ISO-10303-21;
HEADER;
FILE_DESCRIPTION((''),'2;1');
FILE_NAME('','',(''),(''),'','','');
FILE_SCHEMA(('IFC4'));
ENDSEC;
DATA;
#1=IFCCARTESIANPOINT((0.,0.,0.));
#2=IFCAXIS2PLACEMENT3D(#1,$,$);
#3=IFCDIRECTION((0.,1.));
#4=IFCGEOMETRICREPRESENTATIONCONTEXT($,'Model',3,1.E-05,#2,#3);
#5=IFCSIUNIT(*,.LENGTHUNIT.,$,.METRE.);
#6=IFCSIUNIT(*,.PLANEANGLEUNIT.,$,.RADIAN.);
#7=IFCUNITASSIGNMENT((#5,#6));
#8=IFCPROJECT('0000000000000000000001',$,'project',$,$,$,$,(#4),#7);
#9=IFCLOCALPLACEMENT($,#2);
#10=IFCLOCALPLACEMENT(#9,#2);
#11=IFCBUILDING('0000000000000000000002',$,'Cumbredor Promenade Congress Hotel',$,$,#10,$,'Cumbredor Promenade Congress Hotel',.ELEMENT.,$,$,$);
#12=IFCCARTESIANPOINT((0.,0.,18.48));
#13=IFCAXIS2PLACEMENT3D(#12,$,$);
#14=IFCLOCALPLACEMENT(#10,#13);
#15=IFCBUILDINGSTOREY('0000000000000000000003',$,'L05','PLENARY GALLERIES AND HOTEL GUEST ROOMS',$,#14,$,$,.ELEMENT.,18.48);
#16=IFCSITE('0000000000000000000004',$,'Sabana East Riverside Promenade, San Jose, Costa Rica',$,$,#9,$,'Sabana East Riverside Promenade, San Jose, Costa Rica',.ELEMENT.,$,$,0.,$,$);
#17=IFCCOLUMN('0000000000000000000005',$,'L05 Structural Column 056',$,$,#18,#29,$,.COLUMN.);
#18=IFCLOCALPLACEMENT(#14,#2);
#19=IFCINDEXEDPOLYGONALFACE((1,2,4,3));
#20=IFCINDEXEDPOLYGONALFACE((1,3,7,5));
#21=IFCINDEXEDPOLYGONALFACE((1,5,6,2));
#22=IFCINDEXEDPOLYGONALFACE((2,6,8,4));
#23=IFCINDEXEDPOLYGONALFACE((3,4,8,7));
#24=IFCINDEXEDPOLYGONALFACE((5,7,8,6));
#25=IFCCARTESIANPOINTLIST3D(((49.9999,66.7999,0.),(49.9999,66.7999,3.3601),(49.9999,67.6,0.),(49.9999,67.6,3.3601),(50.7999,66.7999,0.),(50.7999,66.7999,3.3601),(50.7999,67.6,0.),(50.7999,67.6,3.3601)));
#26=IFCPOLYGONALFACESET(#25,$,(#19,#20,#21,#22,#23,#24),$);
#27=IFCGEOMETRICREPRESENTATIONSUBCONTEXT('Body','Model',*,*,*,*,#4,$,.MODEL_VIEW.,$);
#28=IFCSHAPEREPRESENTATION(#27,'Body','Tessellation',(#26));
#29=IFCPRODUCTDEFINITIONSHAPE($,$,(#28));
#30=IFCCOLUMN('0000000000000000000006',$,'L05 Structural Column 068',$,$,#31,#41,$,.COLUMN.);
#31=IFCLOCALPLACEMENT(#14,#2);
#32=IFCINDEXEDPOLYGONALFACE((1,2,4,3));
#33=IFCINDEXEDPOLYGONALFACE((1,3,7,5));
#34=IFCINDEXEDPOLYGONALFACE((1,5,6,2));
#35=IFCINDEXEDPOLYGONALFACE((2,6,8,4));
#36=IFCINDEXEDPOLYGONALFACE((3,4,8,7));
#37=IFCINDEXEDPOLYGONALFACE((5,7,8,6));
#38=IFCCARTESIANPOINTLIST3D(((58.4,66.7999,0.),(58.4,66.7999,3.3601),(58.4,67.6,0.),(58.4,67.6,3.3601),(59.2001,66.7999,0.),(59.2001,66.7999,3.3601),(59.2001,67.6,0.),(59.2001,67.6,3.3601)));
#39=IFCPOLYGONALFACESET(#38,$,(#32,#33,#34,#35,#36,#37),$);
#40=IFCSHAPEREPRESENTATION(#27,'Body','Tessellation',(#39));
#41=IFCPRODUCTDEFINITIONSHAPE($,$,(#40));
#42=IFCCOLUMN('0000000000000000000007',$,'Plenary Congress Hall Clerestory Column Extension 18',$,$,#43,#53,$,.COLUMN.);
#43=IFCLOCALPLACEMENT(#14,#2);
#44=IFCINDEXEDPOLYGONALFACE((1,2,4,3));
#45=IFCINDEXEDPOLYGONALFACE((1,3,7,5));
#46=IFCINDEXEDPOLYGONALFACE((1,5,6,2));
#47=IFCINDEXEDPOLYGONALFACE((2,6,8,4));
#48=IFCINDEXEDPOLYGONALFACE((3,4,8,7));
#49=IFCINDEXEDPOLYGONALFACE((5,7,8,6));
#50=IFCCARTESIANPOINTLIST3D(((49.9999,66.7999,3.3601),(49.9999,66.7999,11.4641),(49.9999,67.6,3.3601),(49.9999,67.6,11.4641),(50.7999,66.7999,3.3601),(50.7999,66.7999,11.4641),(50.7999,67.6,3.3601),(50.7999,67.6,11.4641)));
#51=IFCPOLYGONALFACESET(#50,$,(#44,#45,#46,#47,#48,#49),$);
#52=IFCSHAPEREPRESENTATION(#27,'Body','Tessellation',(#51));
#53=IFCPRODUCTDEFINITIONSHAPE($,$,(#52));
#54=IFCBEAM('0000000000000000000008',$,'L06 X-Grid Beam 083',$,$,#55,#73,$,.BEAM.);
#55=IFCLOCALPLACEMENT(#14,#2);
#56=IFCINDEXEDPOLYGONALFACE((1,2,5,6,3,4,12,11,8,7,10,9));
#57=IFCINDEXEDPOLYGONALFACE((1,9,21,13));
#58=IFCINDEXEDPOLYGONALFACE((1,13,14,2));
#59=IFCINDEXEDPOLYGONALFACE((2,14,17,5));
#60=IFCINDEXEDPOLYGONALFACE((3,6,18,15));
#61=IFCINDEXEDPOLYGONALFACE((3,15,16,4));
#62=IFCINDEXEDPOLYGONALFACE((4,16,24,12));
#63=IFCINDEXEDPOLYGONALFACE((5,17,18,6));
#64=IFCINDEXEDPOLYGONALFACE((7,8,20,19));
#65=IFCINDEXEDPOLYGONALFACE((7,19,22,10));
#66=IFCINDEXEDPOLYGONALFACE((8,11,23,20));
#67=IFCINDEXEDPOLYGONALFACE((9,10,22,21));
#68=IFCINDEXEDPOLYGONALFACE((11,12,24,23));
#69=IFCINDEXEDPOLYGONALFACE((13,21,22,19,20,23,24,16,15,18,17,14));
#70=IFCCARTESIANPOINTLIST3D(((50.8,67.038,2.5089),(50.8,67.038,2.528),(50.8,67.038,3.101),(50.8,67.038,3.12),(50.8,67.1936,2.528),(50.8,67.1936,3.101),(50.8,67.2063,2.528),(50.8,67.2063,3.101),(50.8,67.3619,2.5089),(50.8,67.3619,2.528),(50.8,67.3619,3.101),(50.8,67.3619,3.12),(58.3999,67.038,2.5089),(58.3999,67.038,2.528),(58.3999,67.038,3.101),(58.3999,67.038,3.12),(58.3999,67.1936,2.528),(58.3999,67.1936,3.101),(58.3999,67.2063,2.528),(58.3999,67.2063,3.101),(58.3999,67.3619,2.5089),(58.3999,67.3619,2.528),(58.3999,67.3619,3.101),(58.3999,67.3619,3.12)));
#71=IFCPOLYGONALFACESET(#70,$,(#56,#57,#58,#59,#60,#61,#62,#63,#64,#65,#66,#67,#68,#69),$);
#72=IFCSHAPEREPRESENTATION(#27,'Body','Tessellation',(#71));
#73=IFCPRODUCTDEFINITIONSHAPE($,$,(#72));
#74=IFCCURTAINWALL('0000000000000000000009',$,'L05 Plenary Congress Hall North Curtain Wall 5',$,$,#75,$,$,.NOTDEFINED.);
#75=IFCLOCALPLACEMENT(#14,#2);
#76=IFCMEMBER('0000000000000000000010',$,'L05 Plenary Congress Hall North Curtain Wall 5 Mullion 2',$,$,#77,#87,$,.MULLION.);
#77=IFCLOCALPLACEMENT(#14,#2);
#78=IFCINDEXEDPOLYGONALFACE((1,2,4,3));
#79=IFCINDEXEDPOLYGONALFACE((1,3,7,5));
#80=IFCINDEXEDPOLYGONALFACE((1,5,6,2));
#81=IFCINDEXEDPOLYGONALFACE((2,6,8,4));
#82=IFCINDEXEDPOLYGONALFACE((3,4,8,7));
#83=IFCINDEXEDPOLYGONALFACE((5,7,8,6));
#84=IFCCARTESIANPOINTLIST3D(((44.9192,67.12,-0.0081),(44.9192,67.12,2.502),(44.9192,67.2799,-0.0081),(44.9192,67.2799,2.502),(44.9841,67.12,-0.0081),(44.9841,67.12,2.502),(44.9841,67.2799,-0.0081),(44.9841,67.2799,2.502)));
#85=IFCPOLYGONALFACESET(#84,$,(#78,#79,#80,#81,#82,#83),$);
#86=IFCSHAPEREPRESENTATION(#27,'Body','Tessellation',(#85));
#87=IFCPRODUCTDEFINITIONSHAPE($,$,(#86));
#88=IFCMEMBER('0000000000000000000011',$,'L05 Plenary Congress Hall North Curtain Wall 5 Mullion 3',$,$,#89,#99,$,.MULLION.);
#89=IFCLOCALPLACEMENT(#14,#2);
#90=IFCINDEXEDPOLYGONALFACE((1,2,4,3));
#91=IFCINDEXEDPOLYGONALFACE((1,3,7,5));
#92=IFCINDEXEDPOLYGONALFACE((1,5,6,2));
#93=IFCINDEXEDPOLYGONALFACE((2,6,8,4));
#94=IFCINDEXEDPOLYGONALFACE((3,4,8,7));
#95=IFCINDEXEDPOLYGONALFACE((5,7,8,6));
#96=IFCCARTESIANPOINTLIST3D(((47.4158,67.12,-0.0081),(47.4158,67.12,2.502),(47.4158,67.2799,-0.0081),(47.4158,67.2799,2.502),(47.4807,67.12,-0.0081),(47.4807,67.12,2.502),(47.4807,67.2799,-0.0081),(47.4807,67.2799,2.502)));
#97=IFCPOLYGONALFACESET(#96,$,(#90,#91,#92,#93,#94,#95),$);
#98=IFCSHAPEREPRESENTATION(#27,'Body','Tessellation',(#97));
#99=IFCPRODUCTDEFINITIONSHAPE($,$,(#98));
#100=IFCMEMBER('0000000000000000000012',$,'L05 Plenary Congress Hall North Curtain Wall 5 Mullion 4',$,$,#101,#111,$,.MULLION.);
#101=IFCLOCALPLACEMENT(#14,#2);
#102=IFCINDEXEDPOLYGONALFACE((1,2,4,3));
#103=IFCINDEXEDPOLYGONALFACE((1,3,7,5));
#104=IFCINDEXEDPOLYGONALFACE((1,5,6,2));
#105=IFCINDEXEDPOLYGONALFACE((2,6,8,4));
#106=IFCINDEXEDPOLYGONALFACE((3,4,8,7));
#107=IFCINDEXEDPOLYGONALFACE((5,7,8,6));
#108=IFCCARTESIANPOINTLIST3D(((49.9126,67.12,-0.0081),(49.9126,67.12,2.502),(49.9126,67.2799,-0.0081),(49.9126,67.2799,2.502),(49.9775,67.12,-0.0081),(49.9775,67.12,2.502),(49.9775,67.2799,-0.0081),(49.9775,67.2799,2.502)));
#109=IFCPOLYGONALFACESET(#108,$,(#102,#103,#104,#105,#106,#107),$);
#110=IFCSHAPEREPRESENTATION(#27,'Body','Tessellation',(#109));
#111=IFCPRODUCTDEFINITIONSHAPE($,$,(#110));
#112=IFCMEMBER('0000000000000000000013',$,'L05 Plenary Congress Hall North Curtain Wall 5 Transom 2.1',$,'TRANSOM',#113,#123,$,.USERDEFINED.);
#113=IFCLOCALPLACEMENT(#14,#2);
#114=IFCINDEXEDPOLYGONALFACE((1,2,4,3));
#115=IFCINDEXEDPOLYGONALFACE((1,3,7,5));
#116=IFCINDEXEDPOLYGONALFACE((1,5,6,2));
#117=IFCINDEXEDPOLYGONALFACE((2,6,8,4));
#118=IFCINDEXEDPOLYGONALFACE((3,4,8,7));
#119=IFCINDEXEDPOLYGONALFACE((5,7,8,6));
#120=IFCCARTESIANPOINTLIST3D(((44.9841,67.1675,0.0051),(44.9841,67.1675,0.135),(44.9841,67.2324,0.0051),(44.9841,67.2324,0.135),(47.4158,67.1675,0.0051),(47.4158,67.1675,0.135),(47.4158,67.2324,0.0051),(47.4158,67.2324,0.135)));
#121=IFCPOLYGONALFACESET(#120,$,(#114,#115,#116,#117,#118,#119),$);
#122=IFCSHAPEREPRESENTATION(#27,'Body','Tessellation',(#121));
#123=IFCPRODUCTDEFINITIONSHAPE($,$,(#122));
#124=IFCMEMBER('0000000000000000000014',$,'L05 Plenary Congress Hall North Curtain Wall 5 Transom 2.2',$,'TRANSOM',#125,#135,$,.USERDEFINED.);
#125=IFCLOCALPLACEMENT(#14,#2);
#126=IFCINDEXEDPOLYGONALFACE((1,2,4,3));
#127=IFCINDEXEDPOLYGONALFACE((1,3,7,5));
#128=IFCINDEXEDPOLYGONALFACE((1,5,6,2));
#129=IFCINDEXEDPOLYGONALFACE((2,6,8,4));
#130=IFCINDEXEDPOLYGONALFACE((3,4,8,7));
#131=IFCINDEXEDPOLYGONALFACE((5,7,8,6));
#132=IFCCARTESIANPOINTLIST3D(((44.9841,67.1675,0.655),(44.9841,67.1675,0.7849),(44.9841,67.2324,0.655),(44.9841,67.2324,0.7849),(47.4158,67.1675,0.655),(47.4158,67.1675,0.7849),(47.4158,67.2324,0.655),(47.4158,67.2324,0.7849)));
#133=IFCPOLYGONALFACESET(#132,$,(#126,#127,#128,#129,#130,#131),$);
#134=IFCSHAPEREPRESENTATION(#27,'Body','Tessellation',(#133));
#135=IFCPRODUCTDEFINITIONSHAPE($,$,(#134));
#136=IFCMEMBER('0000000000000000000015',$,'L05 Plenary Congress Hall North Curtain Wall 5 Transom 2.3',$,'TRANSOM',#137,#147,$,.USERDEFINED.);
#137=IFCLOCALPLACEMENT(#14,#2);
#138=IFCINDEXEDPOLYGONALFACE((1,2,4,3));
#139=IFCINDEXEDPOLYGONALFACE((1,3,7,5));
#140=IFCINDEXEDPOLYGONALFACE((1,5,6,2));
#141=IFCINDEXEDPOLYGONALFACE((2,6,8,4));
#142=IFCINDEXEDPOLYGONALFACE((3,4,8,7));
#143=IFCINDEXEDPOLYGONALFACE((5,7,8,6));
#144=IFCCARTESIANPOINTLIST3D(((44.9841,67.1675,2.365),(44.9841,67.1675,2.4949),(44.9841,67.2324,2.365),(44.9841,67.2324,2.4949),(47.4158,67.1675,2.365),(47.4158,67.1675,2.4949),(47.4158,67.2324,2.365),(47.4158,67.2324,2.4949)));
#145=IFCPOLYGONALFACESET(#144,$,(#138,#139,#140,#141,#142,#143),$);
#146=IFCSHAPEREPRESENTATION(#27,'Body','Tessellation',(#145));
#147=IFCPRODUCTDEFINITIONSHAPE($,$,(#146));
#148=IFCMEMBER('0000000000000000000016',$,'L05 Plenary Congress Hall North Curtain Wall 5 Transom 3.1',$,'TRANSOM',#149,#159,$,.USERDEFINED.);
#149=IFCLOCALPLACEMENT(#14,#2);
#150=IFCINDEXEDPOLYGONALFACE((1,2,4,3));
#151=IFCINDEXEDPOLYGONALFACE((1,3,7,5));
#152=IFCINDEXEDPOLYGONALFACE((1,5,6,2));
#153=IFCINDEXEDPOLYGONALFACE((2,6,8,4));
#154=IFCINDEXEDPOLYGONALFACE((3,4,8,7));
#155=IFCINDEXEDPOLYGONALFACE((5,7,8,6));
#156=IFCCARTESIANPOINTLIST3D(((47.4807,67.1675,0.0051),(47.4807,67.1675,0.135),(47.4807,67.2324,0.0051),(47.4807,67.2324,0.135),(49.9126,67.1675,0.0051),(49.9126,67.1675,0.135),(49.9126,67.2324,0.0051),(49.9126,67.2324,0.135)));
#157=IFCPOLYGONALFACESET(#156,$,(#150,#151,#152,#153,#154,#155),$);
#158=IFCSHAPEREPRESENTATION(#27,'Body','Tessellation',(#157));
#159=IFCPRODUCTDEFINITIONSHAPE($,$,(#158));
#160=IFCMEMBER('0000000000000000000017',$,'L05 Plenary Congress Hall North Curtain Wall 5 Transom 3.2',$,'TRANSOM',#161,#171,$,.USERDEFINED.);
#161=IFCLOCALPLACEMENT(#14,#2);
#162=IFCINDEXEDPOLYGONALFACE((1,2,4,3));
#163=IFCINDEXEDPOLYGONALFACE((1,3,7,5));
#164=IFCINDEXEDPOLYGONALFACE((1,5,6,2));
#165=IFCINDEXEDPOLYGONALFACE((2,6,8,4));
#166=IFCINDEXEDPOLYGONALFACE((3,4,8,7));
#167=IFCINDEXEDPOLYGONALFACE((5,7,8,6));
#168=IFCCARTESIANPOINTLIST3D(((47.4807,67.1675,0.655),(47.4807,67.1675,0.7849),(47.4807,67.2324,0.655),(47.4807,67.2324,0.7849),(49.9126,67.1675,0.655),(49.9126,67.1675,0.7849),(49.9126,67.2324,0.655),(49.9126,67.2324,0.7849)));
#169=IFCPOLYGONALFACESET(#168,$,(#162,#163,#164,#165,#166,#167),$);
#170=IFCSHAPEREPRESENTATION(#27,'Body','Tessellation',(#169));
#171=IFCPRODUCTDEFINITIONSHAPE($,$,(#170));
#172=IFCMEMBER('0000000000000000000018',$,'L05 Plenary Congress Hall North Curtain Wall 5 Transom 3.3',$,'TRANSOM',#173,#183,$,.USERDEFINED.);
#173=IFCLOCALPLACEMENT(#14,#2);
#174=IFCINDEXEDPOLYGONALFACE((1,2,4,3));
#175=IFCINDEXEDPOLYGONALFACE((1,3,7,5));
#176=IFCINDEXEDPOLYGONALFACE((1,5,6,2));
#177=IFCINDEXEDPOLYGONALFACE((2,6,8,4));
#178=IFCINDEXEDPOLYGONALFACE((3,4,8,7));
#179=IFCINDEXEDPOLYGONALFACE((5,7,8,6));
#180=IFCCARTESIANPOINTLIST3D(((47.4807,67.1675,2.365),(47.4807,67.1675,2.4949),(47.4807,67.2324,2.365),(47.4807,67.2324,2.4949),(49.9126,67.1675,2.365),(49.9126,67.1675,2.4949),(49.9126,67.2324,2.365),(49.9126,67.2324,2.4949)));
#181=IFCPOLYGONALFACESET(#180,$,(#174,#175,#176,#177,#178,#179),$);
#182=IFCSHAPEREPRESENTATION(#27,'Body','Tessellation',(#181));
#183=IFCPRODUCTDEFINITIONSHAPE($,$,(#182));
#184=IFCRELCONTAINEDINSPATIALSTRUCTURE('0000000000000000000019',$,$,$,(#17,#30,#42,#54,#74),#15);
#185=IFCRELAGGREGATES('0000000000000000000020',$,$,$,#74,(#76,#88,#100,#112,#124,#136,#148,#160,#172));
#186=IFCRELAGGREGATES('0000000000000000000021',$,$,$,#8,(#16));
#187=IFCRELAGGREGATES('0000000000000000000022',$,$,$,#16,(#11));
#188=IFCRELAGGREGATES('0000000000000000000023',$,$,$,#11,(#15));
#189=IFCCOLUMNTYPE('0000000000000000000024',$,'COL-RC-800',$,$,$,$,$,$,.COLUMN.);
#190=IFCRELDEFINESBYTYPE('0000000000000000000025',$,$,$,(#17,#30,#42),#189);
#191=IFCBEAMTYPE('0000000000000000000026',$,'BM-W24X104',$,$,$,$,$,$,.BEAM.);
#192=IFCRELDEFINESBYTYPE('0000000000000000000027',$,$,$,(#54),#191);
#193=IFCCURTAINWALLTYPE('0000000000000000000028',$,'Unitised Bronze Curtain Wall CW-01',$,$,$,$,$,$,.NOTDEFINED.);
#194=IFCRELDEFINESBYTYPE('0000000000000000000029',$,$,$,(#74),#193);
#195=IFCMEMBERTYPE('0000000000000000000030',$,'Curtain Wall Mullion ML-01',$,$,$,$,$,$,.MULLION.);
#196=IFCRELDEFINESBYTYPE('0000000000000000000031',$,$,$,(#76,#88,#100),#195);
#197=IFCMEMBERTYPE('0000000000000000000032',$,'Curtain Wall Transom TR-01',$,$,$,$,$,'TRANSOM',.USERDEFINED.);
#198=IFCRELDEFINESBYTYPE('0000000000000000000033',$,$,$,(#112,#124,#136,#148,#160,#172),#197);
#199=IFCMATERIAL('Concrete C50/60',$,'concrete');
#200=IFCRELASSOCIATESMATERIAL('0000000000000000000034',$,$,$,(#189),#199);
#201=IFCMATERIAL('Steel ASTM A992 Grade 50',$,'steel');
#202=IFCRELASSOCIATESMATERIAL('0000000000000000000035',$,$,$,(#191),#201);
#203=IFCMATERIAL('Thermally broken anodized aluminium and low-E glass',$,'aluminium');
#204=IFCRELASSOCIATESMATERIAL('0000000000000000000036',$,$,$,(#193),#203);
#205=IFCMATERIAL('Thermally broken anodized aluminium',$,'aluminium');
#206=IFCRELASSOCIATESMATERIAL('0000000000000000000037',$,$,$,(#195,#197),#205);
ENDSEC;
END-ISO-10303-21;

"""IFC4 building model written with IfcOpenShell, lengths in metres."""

from ifc_helpers import new_model, si_unit, direction, frame, origin, origin_2d, place, context, subcontext, project, spatial, rectangle, i_section, extrude, material, material_profile, profile_set, type_object, element, aggregate, save


model = new_model("IFC4")

# Units and contexts
model_context = context("Model", 3, precision=1e-05, world=origin(), true_north=direction((0.0, 1.0)))
body_context = subcontext(model_context, "Body", "Model", "MODEL_VIEW")
ifc_project = project(units=[si_unit("LENGTHUNIT", "METRE"), si_unit("PLANEANGLEUNIT", "RADIAN")], contexts=[model_context])

# Site, building, storey
site_placement = place(None, origin())
site = spatial("IfcSite", under=ifc_project, at=site_placement, Name="Sabana East Riverside Promenade, San Jose, Costa Rica", LongName="Sabana East Riverside Promenade, San Jose, Costa Rica", CompositionType="ELEMENT", RefElevation=0.0)
building_placement = place(site_placement, origin())
building = spatial("IfcBuilding", under=site, at=building_placement, Name="Cumbredor Promenade Congress Hotel", LongName="Cumbredor Promenade Congress Hotel", CompositionType="ELEMENT")
storey_placement = place(building_placement, frame((0.0, 0.0, 18.48)))
storey = spatial("IfcBuildingStorey", under=building, at=storey_placement, Name="L05", Description="PLENARY GALLERIES AND HOTEL GUEST ROOMS", CompositionType="ELEMENT", Elevation=18.48)

# Columns
ifc_material_1 = material(Name="Concrete C50/60", Category="concrete")
ifc_material_profile_1 = material_profile(ifc_material_1, rectangle(XDim=0.8, YDim=0.8, at=origin_2d()), Name="RC 800x800")
ifc_profile_set_1 = profile_set([ifc_material_profile_1], Name="Concrete C50/60")
column_type = type_object("IfcColumnType", Name="COL-RC-800", PredefinedType="COLUMN", material=ifc_profile_set_1)
for number, where, z_axis, x_axis, name in (
    (1, (50.3999, 67.2, 0.0), (0.0, 0.0, 1.0), (1.0, 0.0, 0.0), "L05 Structural Column 056"),
    (2, (58.8, 67.2, 0.0), (0.0, 0.0, 1.0), (1.0, 0.0, 0.0), "L05 Structural Column 068"),
):
    element("IfcColumn", number, at=place(storey_placement, frame(where, z_axis=z_axis, x_axis=x_axis)), inside=storey, type_object=column_type, Name=name, PredefinedType="COLUMN", context=body_context, shape_type="SweptSolid", body=[
        extrude(rectangle(XDim=0.8, YDim=0.8, at=origin_2d()), origin(), (0.0, 0.0, 1.0), 3.3601),
    ])
column_placement = place(storey_placement, frame((50.3999, 67.2, 3.3601), z_axis=(0.0, 0.0, 1.0), x_axis=(1.0, 0.0, 0.0)))
element("IfcColumn", 3, at=column_placement, inside=storey, type_object=column_type, Name="Plenary Congress Hall Clerestory Column Extension 18", PredefinedType="COLUMN", context=body_context, shape_type="SweptSolid", body=[
    extrude(rectangle(XDim=0.8, YDim=0.8, at=origin_2d()), origin(), (0.0, 0.0, 1.0), 8.104),
])

# Beam
ifc_material_2 = material(Name="Steel ASTM A992 Grade 50", Category="steel")
ifc_material_profile_2 = material_profile(ifc_material_2, i_section(OverallWidth=0.324, OverallDepth=0.6111, WebThickness=0.0127, FlangeThickness=0.019, at=origin_2d()), Name="W24X104")
ifc_profile_set_2 = profile_set([ifc_material_profile_2], Name="Steel ASTM A992 Grade 50")
beam_type = type_object("IfcBeamType", Name="BM-W24X104", PredefinedType="BEAM", material=ifc_profile_set_2)
beam_placement = place(storey_placement, frame((50.8, 67.2, 2.8145), z_axis=(1.0, 0.0, 0.0), x_axis=(0.0, 1.0, 0.0)))
element("IfcBeam", 4, at=beam_placement, inside=storey, type_object=beam_type, Name="L06 X-Grid Beam 083", PredefinedType="BEAM", context=body_context, shape_type="SweptSolid", body=[
    extrude(i_section(OverallWidth=0.324, OverallDepth=0.6111, WebThickness=0.0127, FlangeThickness=0.019, at=origin_2d()), origin(), (0.0, 0.0, 1.0), 7.5999),
])

# Curtain wall, members
ifc_material_3 = material(Name="Thermally broken anodized aluminium and low-E glass", Category="aluminium")
curtain_wall_type = type_object("IfcCurtainWallType", Name="Unitised Bronze Curtain Wall CW-01", PredefinedType="NOTDEFINED", material=ifc_material_3)
curtain_wall_placement = place(storey_placement, origin())
curtain_wall = element("IfcCurtainWall", 5, at=curtain_wall_placement, inside=storey, type_object=curtain_wall_type, Name="L05 Plenary Congress Hall North Curtain Wall 5", PredefinedType="NOTDEFINED")
ifc_material_4 = material(Name="Thermally broken anodized aluminium", Category="aluminium")
ifc_material_profile_3 = material_profile(ifc_material_4, rectangle(XDim=0.0649, YDim=0.1599, at=origin_2d()), Name="ALU MULLION 65x160")
ifc_profile_set_3 = profile_set([ifc_material_profile_3], Name="Thermally broken anodized aluminium")
member_type_1 = type_object("IfcMemberType", Name="Curtain Wall Mullion ML-01", PredefinedType="MULLION", material=ifc_profile_set_3)
member_1_placement = place(storey_placement, frame((44.9517, 67.2, -0.0081), z_axis=(0.0, 0.0, 1.0), x_axis=(1.0, 0.0, 0.0)))
member_1 = element("IfcMember", 6, at=member_1_placement, type_object=member_type_1, Name="L05 Plenary Congress Hall North Curtain Wall 5 Mullion 2", PredefinedType="MULLION", context=body_context, shape_type="SweptSolid", body=[
    extrude(rectangle(XDim=0.0649, YDim=0.1599, at=origin_2d()), origin(), (0.0, 0.0, 1.0), 2.51),
])
member_2_placement = place(storey_placement, frame((47.4482, 67.2, -0.0081), z_axis=(0.0, 0.0, 1.0), x_axis=(1.0, 0.0, 0.0)))
member_2 = element("IfcMember", 7, at=member_2_placement, type_object=member_type_1, Name="L05 Plenary Congress Hall North Curtain Wall 5 Mullion 3", PredefinedType="MULLION", context=body_context, shape_type="SweptSolid", body=[
    extrude(rectangle(XDim=0.0649, YDim=0.1599, at=origin_2d()), origin(), (0.0, 0.0, 1.0), 2.51),
])
member_3_placement = place(storey_placement, frame((49.9451, 67.2, -0.0081), z_axis=(0.0, 0.0, 1.0), x_axis=(1.0, 0.0, 0.0)))
member_3 = element("IfcMember", 8, at=member_3_placement, type_object=member_type_1, Name="L05 Plenary Congress Hall North Curtain Wall 5 Mullion 4", PredefinedType="MULLION", context=body_context, shape_type="SweptSolid", body=[
    extrude(rectangle(XDim=0.0649, YDim=0.1599, at=origin_2d()), origin(), (0.0, 0.0, 1.0), 2.51),
])
ifc_material_profile_4 = material_profile(ifc_material_4, rectangle(XDim=0.0649, YDim=0.1299, at=origin_2d()), Name="ALU TRANSOM 65x130")
ifc_profile_set_4 = profile_set([ifc_material_profile_4], Name="Thermally broken anodized aluminium")
member_type_2 = type_object("IfcMemberType", Name="Curtain Wall Transom TR-01", ElementType="TRANSOM", PredefinedType="USERDEFINED", material=ifc_profile_set_4)
member_4_placement = place(storey_placement, frame((44.9841, 67.2, 0.0701), z_axis=(1.0, 0.0, 0.0), x_axis=(0.0, 1.0, 0.0)))
member_4 = element("IfcMember", 9, at=member_4_placement, type_object=member_type_2, Name="L05 Plenary Congress Hall North Curtain Wall 5 Transom 2.1", ObjectType="TRANSOM", PredefinedType="USERDEFINED", context=body_context, shape_type="SweptSolid", body=[
    extrude(rectangle(XDim=0.0649, YDim=0.1299, at=origin_2d()), origin(), (0.0, 0.0, 1.0), 2.4316),
])
member_5_placement = place(storey_placement, frame((44.9841, 67.2, 0.72), z_axis=(1.0, 0.0, 0.0), x_axis=(0.0, 1.0, 0.0)))
member_5 = element("IfcMember", 10, at=member_5_placement, type_object=member_type_2, Name="L05 Plenary Congress Hall North Curtain Wall 5 Transom 2.2", ObjectType="TRANSOM", PredefinedType="USERDEFINED", context=body_context, shape_type="SweptSolid", body=[
    extrude(rectangle(XDim=0.0649, YDim=0.1299, at=origin_2d()), origin(), (0.0, 0.0, 1.0), 2.4316),
])
member_6_placement = place(storey_placement, frame((44.9841, 67.2, 2.4299), z_axis=(1.0, 0.0, 0.0), x_axis=(0.0, 1.0, 0.0)))
member_6 = element("IfcMember", 11, at=member_6_placement, type_object=member_type_2, Name="L05 Plenary Congress Hall North Curtain Wall 5 Transom 2.3", ObjectType="TRANSOM", PredefinedType="USERDEFINED", context=body_context, shape_type="SweptSolid", body=[
    extrude(rectangle(XDim=0.0649, YDim=0.1299, at=origin_2d()), origin(), (0.0, 0.0, 1.0), 2.4316),
])
member_7_placement = place(storey_placement, frame((47.4807, 67.2, 0.0701), z_axis=(1.0, 0.0, 0.0), x_axis=(0.0, 1.0, 0.0)))
member_7 = element("IfcMember", 12, at=member_7_placement, type_object=member_type_2, Name="L05 Plenary Congress Hall North Curtain Wall 5 Transom 3.1", ObjectType="TRANSOM", PredefinedType="USERDEFINED", context=body_context, shape_type="SweptSolid", body=[
    extrude(rectangle(XDim=0.0649, YDim=0.1299, at=origin_2d()), origin(), (0.0, 0.0, 1.0), 2.4319),
])
member_8_placement = place(storey_placement, frame((47.4807, 67.2, 0.72), z_axis=(1.0, 0.0, 0.0), x_axis=(0.0, 1.0, 0.0)))
member_8 = element("IfcMember", 13, at=member_8_placement, type_object=member_type_2, Name="L05 Plenary Congress Hall North Curtain Wall 5 Transom 3.2", ObjectType="TRANSOM", PredefinedType="USERDEFINED", context=body_context, shape_type="SweptSolid", body=[
    extrude(rectangle(XDim=0.0649, YDim=0.1299, at=origin_2d()), origin(), (0.0, 0.0, 1.0), 2.4319),
])
member_9_placement = place(storey_placement, frame((47.4807, 67.2, 2.4299), z_axis=(1.0, 0.0, 0.0), x_axis=(0.0, 1.0, 0.0)))
member_9 = element("IfcMember", 14, at=member_9_placement, type_object=member_type_2, Name="L05 Plenary Congress Hall North Curtain Wall 5 Transom 3.3", ObjectType="TRANSOM", PredefinedType="USERDEFINED", context=body_context, shape_type="SweptSolid", body=[
    extrude(rectangle(XDim=0.0649, YDim=0.1299, at=origin_2d()), origin(), (0.0, 0.0, 1.0), 2.4319),
])
aggregate(curtain_wall, [member_1, member_2, member_3, member_4, member_5, member_6, member_7, member_8, member_9])

save(model, "model.ifc")
